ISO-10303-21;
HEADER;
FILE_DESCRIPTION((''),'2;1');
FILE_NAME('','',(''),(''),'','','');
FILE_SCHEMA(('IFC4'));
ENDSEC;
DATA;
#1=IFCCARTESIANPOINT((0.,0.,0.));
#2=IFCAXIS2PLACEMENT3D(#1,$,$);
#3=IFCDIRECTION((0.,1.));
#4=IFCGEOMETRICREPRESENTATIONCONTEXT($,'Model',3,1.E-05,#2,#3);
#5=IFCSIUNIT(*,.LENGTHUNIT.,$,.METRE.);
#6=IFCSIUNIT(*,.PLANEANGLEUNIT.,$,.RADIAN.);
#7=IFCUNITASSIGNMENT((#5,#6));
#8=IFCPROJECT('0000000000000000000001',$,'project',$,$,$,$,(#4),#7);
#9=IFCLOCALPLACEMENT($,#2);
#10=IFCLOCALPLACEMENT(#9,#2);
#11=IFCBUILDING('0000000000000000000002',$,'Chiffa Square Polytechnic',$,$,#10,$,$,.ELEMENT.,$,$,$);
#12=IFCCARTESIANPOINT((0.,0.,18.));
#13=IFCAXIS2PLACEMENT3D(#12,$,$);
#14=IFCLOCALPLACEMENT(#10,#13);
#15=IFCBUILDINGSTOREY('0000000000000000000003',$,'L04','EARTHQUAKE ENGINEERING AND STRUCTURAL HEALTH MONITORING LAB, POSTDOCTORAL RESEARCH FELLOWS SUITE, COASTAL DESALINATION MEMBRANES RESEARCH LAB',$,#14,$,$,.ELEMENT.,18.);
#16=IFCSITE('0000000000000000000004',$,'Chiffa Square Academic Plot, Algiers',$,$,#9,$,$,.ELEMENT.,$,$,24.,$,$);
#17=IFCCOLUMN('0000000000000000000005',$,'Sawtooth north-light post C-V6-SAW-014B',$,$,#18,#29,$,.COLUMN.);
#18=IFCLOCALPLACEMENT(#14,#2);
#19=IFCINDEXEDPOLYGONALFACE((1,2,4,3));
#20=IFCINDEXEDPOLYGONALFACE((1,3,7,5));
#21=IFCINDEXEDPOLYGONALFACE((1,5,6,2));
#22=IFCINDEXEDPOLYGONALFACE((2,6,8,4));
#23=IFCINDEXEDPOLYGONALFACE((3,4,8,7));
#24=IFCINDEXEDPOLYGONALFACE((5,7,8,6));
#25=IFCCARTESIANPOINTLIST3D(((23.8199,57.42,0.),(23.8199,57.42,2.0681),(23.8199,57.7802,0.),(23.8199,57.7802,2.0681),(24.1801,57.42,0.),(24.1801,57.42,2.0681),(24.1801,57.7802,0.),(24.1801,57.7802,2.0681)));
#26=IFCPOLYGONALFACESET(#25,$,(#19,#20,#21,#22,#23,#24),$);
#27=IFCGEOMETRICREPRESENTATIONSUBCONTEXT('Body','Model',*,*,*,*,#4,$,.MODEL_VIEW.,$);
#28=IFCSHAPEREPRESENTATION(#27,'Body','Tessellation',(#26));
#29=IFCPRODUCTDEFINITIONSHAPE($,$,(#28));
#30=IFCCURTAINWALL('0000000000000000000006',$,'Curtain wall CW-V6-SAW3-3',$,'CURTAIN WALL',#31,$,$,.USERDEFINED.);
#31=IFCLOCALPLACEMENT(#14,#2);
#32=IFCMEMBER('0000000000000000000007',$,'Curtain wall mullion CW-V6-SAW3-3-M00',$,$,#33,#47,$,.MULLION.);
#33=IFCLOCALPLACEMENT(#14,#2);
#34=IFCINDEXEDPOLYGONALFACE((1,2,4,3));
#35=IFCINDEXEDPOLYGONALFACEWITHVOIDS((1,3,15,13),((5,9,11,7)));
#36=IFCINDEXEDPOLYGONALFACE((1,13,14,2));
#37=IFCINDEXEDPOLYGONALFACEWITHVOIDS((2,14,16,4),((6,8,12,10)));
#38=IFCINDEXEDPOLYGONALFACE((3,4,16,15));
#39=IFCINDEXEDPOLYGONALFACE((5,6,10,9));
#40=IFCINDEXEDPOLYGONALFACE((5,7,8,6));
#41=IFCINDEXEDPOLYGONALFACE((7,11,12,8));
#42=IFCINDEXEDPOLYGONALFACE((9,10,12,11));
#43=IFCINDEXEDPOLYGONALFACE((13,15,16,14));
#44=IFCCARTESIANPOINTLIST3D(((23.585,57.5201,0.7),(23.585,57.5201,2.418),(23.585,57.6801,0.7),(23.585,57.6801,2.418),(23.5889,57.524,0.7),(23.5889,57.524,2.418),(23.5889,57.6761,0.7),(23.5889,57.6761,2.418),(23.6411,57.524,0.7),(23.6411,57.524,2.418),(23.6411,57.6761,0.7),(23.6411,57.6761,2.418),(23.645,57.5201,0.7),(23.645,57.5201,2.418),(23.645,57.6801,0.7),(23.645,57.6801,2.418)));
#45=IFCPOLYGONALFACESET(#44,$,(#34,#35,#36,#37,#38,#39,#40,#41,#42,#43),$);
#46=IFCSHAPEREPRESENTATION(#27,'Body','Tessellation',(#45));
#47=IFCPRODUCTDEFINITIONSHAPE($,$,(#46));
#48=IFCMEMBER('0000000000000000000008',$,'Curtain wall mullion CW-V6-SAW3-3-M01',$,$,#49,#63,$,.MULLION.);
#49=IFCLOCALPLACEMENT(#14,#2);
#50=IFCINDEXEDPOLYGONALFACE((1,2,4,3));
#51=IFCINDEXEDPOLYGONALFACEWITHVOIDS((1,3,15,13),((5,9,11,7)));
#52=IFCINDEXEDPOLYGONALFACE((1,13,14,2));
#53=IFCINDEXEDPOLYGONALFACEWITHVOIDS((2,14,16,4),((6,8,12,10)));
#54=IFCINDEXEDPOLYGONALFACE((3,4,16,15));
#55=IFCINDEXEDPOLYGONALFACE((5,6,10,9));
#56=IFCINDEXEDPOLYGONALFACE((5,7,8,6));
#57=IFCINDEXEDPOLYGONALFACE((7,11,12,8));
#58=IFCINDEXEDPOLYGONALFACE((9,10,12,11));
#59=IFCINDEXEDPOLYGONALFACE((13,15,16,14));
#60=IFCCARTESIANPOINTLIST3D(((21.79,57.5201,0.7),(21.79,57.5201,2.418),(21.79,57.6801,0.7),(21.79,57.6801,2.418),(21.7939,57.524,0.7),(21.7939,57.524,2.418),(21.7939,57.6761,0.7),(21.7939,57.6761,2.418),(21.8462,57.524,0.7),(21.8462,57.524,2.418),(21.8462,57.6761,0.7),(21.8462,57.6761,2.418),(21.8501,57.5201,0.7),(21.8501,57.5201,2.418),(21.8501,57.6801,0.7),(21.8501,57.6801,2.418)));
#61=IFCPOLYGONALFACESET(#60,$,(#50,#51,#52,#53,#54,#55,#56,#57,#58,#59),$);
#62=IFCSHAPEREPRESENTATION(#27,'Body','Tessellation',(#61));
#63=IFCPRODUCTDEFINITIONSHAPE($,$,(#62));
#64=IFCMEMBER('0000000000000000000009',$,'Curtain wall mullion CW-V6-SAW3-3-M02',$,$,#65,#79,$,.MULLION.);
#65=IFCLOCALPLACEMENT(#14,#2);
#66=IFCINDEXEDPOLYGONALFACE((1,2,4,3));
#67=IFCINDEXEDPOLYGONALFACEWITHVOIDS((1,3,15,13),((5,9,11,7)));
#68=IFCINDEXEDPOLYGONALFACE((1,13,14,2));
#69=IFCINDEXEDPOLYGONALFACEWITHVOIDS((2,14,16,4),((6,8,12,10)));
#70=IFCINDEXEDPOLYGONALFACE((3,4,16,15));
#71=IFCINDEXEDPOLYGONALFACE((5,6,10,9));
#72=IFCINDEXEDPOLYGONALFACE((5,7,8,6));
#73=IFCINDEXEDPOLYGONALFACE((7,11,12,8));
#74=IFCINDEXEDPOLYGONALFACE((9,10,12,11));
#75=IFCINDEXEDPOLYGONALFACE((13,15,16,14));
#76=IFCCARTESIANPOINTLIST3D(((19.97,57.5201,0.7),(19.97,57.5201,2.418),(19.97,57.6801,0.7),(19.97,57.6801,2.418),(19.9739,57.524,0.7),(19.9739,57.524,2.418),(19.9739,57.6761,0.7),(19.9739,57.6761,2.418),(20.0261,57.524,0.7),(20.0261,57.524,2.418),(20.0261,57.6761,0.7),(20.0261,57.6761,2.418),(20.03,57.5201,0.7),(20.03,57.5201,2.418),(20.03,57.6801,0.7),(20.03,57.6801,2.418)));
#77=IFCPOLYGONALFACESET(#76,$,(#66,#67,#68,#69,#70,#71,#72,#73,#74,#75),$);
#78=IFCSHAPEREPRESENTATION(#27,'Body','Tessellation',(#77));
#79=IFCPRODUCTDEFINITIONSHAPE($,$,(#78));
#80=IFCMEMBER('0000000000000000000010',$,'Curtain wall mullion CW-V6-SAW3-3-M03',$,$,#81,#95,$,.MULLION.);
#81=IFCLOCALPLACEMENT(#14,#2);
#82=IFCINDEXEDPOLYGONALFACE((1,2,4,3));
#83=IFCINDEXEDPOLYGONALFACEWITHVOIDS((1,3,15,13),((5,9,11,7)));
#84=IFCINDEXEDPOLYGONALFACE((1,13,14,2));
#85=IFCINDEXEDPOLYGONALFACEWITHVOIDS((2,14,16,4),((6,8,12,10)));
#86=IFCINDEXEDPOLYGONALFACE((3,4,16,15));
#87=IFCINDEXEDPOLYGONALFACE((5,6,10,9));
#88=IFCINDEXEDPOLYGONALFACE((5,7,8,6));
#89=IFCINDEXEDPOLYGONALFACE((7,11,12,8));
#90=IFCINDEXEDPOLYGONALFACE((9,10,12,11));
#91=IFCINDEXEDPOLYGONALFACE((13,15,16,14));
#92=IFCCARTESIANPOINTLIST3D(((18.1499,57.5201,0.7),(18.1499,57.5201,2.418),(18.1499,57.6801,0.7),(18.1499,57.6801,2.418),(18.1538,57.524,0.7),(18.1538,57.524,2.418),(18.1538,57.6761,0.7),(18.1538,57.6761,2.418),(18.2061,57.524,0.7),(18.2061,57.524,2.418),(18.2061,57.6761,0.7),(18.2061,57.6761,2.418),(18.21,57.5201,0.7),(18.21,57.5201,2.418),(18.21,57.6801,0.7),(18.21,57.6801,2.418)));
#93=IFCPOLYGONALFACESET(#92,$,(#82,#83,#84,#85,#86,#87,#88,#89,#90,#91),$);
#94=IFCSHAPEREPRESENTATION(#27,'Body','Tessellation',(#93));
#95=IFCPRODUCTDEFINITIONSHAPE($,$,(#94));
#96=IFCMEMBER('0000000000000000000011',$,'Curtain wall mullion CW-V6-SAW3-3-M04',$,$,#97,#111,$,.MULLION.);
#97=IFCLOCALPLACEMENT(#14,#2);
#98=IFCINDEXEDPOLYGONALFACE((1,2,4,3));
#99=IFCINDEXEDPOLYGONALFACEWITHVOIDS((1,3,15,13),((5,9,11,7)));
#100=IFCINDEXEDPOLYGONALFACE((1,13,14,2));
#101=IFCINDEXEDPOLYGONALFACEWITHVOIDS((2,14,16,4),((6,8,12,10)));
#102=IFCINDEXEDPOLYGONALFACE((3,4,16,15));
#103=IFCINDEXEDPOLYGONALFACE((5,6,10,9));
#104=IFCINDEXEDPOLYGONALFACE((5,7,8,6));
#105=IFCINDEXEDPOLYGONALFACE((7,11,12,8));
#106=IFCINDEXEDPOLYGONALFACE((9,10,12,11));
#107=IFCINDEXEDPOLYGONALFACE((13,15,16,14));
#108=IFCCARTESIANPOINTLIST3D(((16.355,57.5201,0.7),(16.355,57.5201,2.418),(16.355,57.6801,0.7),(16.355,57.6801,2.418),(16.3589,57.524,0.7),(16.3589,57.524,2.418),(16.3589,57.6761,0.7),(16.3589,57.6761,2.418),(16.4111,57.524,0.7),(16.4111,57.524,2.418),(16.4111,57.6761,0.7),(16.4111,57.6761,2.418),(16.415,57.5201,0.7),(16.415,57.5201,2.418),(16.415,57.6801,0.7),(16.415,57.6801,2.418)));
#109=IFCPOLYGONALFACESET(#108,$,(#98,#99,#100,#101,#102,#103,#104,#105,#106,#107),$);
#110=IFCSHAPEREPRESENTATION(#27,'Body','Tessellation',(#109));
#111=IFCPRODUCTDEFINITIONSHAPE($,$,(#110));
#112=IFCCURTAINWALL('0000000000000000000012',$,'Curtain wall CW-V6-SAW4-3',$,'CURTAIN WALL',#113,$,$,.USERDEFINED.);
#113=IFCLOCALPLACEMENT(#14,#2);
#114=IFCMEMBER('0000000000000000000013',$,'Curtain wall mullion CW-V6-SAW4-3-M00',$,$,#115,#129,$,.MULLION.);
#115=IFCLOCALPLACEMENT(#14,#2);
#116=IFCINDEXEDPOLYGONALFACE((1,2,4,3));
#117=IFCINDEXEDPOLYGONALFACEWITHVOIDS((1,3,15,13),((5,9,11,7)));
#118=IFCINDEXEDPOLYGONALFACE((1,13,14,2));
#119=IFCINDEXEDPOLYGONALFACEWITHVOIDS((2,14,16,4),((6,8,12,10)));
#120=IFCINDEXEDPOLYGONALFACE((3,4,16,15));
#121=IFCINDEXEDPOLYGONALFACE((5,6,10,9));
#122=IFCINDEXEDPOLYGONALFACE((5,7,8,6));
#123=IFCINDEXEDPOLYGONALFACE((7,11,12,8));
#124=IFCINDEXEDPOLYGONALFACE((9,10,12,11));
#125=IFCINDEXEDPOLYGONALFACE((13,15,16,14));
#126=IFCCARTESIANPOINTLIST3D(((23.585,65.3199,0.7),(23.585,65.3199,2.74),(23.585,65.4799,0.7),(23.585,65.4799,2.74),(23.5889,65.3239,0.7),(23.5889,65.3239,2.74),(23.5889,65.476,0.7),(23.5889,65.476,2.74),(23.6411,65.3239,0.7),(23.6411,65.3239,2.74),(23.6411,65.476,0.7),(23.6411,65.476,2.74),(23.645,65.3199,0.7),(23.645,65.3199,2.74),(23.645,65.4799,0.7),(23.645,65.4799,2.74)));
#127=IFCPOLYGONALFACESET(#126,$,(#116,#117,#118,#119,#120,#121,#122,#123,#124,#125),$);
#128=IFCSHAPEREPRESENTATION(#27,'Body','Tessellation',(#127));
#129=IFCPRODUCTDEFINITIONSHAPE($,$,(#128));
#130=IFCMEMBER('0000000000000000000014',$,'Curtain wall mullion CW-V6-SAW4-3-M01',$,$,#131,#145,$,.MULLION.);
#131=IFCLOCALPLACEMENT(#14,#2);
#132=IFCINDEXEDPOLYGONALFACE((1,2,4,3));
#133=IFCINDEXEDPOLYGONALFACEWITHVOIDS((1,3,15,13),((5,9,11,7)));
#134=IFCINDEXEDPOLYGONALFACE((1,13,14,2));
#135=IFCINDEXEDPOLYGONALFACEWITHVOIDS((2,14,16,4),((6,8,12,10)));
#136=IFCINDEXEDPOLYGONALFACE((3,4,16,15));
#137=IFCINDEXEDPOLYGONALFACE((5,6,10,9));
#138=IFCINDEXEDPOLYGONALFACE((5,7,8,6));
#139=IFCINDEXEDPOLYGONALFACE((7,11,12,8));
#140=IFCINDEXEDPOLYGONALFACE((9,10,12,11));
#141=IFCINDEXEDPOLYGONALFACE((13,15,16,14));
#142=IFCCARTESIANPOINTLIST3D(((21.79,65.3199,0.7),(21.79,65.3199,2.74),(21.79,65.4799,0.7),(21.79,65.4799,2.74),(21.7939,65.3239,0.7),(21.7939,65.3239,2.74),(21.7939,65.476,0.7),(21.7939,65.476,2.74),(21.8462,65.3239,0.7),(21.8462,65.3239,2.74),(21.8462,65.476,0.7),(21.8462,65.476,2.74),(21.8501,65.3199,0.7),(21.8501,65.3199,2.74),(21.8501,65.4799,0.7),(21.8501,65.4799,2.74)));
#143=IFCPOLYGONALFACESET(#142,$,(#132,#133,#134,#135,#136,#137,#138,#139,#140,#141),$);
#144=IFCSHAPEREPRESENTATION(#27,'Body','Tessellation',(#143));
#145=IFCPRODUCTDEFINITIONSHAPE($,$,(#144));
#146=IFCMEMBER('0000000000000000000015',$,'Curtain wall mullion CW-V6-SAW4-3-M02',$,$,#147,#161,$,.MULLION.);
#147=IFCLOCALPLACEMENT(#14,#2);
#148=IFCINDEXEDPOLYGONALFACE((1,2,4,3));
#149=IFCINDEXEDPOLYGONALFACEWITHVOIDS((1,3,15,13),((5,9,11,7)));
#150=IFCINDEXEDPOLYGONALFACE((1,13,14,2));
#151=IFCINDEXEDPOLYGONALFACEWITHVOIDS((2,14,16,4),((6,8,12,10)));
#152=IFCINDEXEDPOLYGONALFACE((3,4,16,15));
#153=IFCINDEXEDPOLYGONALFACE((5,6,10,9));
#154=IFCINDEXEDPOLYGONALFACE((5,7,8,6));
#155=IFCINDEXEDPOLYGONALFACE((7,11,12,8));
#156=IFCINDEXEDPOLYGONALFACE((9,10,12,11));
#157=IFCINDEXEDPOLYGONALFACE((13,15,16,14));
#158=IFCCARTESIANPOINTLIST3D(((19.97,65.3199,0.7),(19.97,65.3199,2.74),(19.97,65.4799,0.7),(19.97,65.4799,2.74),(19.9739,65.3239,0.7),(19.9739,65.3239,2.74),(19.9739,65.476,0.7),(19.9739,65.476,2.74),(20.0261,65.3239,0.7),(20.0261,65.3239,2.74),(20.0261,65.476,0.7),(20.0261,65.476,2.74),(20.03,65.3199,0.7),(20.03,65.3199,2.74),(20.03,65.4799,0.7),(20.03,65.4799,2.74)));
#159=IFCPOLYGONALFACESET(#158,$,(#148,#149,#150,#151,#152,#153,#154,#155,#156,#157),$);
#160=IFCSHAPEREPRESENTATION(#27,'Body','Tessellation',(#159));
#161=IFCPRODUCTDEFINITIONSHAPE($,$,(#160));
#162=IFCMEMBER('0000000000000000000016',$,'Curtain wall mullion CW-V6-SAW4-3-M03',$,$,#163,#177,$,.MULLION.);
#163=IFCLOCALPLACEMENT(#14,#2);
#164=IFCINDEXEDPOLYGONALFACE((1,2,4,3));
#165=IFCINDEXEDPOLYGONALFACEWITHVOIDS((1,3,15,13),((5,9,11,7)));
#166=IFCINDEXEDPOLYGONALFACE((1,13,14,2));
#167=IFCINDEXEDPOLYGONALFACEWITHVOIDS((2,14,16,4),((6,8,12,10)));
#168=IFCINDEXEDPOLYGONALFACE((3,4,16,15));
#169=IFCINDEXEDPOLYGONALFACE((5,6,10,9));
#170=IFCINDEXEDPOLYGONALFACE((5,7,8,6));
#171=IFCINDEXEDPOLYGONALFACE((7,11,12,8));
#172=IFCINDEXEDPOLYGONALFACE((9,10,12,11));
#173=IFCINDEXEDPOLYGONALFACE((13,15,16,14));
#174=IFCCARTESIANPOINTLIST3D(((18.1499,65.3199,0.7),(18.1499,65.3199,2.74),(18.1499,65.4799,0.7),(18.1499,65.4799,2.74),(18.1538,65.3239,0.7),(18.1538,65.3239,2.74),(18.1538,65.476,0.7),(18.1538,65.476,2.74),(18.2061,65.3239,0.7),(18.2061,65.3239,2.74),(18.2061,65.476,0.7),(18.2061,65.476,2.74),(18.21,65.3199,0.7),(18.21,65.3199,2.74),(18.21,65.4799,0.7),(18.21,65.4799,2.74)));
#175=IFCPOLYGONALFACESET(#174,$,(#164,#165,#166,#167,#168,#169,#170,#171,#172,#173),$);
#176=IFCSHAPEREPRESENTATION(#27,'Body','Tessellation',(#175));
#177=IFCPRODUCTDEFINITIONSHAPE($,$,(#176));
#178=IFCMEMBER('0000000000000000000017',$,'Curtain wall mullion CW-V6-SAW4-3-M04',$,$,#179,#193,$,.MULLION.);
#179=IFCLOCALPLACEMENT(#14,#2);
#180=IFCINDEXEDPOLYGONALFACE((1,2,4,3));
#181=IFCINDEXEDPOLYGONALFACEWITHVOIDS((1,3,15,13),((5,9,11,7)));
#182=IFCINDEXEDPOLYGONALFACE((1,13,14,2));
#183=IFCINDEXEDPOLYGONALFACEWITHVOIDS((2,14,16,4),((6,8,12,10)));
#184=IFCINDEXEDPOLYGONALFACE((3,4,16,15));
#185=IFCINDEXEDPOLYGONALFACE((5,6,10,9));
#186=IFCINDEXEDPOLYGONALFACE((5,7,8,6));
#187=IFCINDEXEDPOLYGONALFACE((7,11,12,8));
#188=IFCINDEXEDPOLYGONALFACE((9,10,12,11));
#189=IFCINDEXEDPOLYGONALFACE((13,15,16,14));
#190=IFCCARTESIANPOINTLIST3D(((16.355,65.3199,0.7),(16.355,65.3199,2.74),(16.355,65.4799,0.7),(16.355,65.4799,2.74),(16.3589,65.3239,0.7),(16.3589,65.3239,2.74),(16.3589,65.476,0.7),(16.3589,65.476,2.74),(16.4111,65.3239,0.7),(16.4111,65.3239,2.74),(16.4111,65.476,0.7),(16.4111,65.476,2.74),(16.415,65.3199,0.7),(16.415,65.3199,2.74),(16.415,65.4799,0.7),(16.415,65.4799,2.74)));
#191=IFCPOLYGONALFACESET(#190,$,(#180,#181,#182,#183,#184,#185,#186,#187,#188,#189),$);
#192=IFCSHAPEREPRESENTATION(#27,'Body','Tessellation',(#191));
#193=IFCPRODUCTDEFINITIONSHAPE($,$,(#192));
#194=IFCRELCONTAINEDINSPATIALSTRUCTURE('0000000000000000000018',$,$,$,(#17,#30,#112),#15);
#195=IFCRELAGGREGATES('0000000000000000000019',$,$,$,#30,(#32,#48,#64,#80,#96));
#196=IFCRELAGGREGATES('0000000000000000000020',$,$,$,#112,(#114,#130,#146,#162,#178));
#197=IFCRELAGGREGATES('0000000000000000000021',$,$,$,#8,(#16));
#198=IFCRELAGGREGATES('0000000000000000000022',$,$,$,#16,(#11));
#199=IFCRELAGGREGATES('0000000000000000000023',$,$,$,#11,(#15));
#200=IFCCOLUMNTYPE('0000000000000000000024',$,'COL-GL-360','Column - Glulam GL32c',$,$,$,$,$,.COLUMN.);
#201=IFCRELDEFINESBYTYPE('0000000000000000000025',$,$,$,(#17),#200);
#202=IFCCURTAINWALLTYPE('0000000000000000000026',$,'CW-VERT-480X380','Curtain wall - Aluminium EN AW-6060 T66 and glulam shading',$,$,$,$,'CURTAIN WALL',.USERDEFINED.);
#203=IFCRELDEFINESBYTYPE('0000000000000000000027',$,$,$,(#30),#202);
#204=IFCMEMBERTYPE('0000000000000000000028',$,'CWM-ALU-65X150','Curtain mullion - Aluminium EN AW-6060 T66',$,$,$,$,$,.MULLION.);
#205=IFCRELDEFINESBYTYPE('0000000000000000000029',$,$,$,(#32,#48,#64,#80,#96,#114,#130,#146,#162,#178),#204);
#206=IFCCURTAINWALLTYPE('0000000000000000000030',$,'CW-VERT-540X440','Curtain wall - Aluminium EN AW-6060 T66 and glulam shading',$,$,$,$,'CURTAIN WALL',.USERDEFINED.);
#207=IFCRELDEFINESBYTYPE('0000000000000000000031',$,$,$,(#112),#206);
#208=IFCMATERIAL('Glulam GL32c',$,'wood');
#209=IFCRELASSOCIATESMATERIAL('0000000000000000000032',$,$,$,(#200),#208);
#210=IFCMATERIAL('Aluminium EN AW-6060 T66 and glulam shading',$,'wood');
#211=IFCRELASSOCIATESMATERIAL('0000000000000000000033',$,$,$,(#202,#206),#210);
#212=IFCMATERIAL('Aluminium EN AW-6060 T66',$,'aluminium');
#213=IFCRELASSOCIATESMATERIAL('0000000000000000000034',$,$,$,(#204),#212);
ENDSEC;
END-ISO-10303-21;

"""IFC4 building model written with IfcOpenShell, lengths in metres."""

from ifc_helpers import new_model, si_unit, direction, frame, origin, origin_2d, place, context, subcontext, project, spatial, rectangle, hollow_rectangle, extrude, material, material_profile, profile_set, type_object, element, aggregate, save


model = new_model("IFC4")

# Units and contexts
model_context = context("Model", 3, precision=1e-05, world=origin(), true_north=direction((0.0, 1.0)))
body_context = subcontext(model_context, "Body", "Model", "MODEL_VIEW")
ifc_project = project(units=[si_unit("LENGTHUNIT", "METRE"), si_unit("PLANEANGLEUNIT", "RADIAN")], contexts=[model_context])

# Site, building, storey
site_placement = place(None, origin())
site = spatial("IfcSite", under=ifc_project, at=site_placement, Name="Chiffa Square Academic Plot, Algiers", CompositionType="ELEMENT", RefElevation=24.0)
building_placement = place(site_placement, origin())
building = spatial("IfcBuilding", under=site, at=building_placement, Name="Chiffa Square Polytechnic", CompositionType="ELEMENT")
storey_placement = place(building_placement, frame((0.0, 0.0, 18.0)))
storey = spatial("IfcBuildingStorey", under=building, at=storey_placement, Name="L04", Description="EARTHQUAKE ENGINEERING AND STRUCTURAL HEALTH MONITORING LAB, POSTDOCTORAL RESEARCH FELLOWS SUITE, COASTAL DESALINATION MEMBRANES RESEARCH LAB", CompositionType="ELEMENT", Elevation=18.0)

# Column
ifc_material_1 = material(Name="Glulam GL32c", Category="wood")
ifc_material_profile_1 = material_profile(ifc_material_1, rectangle(XDim=0.3601, YDim=0.3601, at=origin_2d()), Name="GL32c 360x360")
ifc_profile_set_1 = profile_set([ifc_material_profile_1], Name="Glulam GL32c")
column_type = type_object("IfcColumnType", Name="COL-GL-360", Description="Column - Glulam GL32c", PredefinedType="COLUMN", material=ifc_profile_set_1)
column_placement = place(storey_placement, frame((24.0, 57.6001, 0.0), z_axis=(0.0, 0.0, 1.0), x_axis=(1.0, 0.0, 0.0)))
element("IfcColumn", 1, at=column_placement, inside=storey, type_object=column_type, Name="Sawtooth north-light post C-V6-SAW-014B", PredefinedType="COLUMN", context=body_context, shape_type="SweptSolid", body=[
    extrude(rectangle(XDim=0.3601, YDim=0.3601, at=origin_2d()), origin(), (0.0, 0.0, 1.0), 2.0681),
])

# Curtain walls, members
ifc_material_2 = material(Name="Aluminium EN AW-6060 T66 and glulam shading", Category="wood")
curtain_wall_type_1 = type_object("IfcCurtainWallType", Name="CW-VERT-480X380", Description="Curtain wall - Aluminium EN AW-6060 T66 and glulam shading", ElementType="CURTAIN WALL", PredefinedType="USERDEFINED", material=ifc_material_2)
curtain_wall_1_placement = place(storey_placement, origin())
curtain_wall_1 = element("IfcCurtainWall", 2, at=curtain_wall_1_placement, inside=storey, type_object=curtain_wall_type_1, Name="Curtain wall CW-V6-SAW3-3", ObjectType="CURTAIN WALL", PredefinedType="USERDEFINED")
ifc_material_3 = material(Name="Aluminium EN AW-6060 T66", Category="aluminium")
ifc_material_profile_2 = material_profile(ifc_material_3, hollow_rectangle(XDim=0.0601, YDim=0.1599, WallThickness=0.0039, at=origin_2d()), Name="ALU 60x160x4")
ifc_profile_set_2 = profile_set([ifc_material_profile_2], Name="Aluminium EN AW-6060 T66")
member_type_1 = type_object("IfcMemberType", Name="CWM-ALU-65X150", Description="Curtain mullion - Aluminium EN AW-6060 T66", PredefinedType="MULLION", material=ifc_profile_set_2)
member_1_placement = place(storey_placement, frame((23.615, 57.6001, 0.7), z_axis=(0.0, 0.0, 1.0), x_axis=(1.0, 0.0, 0.0)))
member_1 = element("IfcMember", 3, at=member_1_placement, type_object=member_type_1, Name="Curtain wall mullion CW-V6-SAW3-3-M00", PredefinedType="MULLION", context=body_context, shape_type="SweptSolid", body=[
    extrude(hollow_rectangle(XDim=0.0601, YDim=0.1599, WallThickness=0.0039, at=origin_2d()), origin(), (0.0, 0.0, 1.0), 1.718),
])
member_2_placement = place(storey_placement, frame((21.8201, 57.6001, 0.7), z_axis=(0.0, 0.0, 1.0), x_axis=(1.0, 0.0, 0.0)))
member_2 = element("IfcMember", 4, at=member_2_placement, type_object=member_type_1, Name="Curtain wall mullion CW-V6-SAW3-3-M01", PredefinedType="MULLION", context=body_context, shape_type="SweptSolid", body=[
    extrude(hollow_rectangle(XDim=0.0601, YDim=0.1599, WallThickness=0.0039, at=origin_2d()), origin(), (0.0, 0.0, 1.0), 1.718),
])
member_3_placement = place(storey_placement, frame((20.0, 57.6001, 0.7), z_axis=(0.0, 0.0, 1.0), x_axis=(1.0, 0.0, 0.0)))
member_3 = element("IfcMember", 5, at=member_3_placement, type_object=member_type_1, Name="Curtain wall mullion CW-V6-SAW3-3-M02", PredefinedType="MULLION", context=body_context, shape_type="SweptSolid", body=[
    extrude(hollow_rectangle(XDim=0.0601, YDim=0.1599, WallThickness=0.0039, at=origin_2d()), origin(), (0.0, 0.0, 1.0), 1.718),
])
member_4_placement = place(storey_placement, frame((18.1799, 57.6001, 0.7), z_axis=(0.0, 0.0, 1.0), x_axis=(1.0, 0.0, 0.0)))
member_4 = element("IfcMember", 6, at=member_4_placement, type_object=member_type_1, Name="Curtain wall mullion CW-V6-SAW3-3-M03", PredefinedType="MULLION", context=body_context, shape_type="SweptSolid", body=[
    extrude(hollow_rectangle(XDim=0.0601, YDim=0.1599, WallThickness=0.0039, at=origin_2d()), origin(), (0.0, 0.0, 1.0), 1.718),
])
member_5_placement = place(storey_placement, frame((16.385, 57.6001, 0.7), z_axis=(0.0, 0.0, 1.0), x_axis=(1.0, 0.0, 0.0)))
member_5 = element("IfcMember", 7, at=member_5_placement, type_object=member_type_1, Name="Curtain wall mullion CW-V6-SAW3-3-M04", PredefinedType="MULLION", context=body_context, shape_type="SweptSolid", body=[
    extrude(hollow_rectangle(XDim=0.0601, YDim=0.1599, WallThickness=0.0039, at=origin_2d()), origin(), (0.0, 0.0, 1.0), 1.718),
])
curtain_wall_type_2 = type_object("IfcCurtainWallType", Name="CW-VERT-540X440", Description="Curtain wall - Aluminium EN AW-6060 T66 and glulam shading", ElementType="CURTAIN WALL", PredefinedType="USERDEFINED", material=ifc_material_2)
curtain_wall_2_placement = place(storey_placement, origin())
curtain_wall_2 = element("IfcCurtainWall", 8, at=curtain_wall_2_placement, inside=storey, type_object=curtain_wall_type_2, Name="Curtain wall CW-V6-SAW4-3", ObjectType="CURTAIN WALL", PredefinedType="USERDEFINED")
member_6_placement = place(storey_placement, frame((23.615, 65.3999, 0.7), z_axis=(0.0, 0.0, 1.0), x_axis=(1.0, 0.0, 0.0)))
member_6 = element("IfcMember", 9, at=member_6_placement, type_object=member_type_1, Name="Curtain wall mullion CW-V6-SAW4-3-M00", PredefinedType="MULLION", context=body_context, shape_type="SweptSolid", body=[
    extrude(hollow_rectangle(XDim=0.0601, YDim=0.1599, WallThickness=0.0039, at=origin_2d()), origin(), (0.0, 0.0, 1.0), 2.04),
])
member_7_placement = place(storey_placement, frame((21.8201, 65.3999, 0.7), z_axis=(0.0, 0.0, 1.0), x_axis=(1.0, 0.0, 0.0)))
member_7 = element("IfcMember", 10, at=member_7_placement, type_object=member_type_1, Name="Curtain wall mullion CW-V6-SAW4-3-M01", PredefinedType="MULLION", context=body_context, shape_type="SweptSolid", body=[
    extrude(hollow_rectangle(XDim=0.0601, YDim=0.1599, WallThickness=0.0039, at=origin_2d()), origin(), (0.0, 0.0, 1.0), 2.04),
])
member_8_placement = place(storey_placement, frame((20.0, 65.3999, 0.7), z_axis=(0.0, 0.0, 1.0), x_axis=(1.0, 0.0, 0.0)))
member_8 = element("IfcMember", 11, at=member_8_placement, type_object=member_type_1, Name="Curtain wall mullion CW-V6-SAW4-3-M02", PredefinedType="MULLION", context=body_context, shape_type="SweptSolid", body=[
    extrude(hollow_rectangle(XDim=0.0601, YDim=0.1599, WallThickness=0.0039, at=origin_2d()), origin(), (0.0, 0.0, 1.0), 2.04),
])
member_9_placement = place(storey_placement, frame((18.1799, 65.3999, 0.7), z_axis=(0.0, 0.0, 1.0), x_axis=(1.0, 0.0, 0.0)))
member_9 = element("IfcMember", 12, at=member_9_placement, type_object=member_type_1, Name="Curtain wall mullion CW-V6-SAW4-3-M03", PredefinedType="MULLION", context=body_context, shape_type="SweptSolid", body=[
    extrude(hollow_rectangle(XDim=0.0601, YDim=0.1599, WallThickness=0.0039, at=origin_2d()), origin(), (0.0, 0.0, 1.0), 2.04),
])
member_10_placement = place(storey_placement, frame((16.385, 65.3999, 0.7), z_axis=(0.0, 0.0, 1.0), x_axis=(1.0, 0.0, 0.0)))
member_10 = element("IfcMember", 13, at=member_10_placement, type_object=member_type_1, Name="Curtain wall mullion CW-V6-SAW4-3-M04", PredefinedType="MULLION", context=body_context, shape_type="SweptSolid", body=[
    extrude(hollow_rectangle(XDim=0.0601, YDim=0.1599, WallThickness=0.0039, at=origin_2d()), origin(), (0.0, 0.0, 1.0), 2.04),
])

aggregate(curtain_wall_1, [member_1, member_2, member_3, member_4, member_5])
aggregate(curtain_wall_2, [member_6, member_7, member_8, member_9, member_10])

save(model, "model.ifc")
